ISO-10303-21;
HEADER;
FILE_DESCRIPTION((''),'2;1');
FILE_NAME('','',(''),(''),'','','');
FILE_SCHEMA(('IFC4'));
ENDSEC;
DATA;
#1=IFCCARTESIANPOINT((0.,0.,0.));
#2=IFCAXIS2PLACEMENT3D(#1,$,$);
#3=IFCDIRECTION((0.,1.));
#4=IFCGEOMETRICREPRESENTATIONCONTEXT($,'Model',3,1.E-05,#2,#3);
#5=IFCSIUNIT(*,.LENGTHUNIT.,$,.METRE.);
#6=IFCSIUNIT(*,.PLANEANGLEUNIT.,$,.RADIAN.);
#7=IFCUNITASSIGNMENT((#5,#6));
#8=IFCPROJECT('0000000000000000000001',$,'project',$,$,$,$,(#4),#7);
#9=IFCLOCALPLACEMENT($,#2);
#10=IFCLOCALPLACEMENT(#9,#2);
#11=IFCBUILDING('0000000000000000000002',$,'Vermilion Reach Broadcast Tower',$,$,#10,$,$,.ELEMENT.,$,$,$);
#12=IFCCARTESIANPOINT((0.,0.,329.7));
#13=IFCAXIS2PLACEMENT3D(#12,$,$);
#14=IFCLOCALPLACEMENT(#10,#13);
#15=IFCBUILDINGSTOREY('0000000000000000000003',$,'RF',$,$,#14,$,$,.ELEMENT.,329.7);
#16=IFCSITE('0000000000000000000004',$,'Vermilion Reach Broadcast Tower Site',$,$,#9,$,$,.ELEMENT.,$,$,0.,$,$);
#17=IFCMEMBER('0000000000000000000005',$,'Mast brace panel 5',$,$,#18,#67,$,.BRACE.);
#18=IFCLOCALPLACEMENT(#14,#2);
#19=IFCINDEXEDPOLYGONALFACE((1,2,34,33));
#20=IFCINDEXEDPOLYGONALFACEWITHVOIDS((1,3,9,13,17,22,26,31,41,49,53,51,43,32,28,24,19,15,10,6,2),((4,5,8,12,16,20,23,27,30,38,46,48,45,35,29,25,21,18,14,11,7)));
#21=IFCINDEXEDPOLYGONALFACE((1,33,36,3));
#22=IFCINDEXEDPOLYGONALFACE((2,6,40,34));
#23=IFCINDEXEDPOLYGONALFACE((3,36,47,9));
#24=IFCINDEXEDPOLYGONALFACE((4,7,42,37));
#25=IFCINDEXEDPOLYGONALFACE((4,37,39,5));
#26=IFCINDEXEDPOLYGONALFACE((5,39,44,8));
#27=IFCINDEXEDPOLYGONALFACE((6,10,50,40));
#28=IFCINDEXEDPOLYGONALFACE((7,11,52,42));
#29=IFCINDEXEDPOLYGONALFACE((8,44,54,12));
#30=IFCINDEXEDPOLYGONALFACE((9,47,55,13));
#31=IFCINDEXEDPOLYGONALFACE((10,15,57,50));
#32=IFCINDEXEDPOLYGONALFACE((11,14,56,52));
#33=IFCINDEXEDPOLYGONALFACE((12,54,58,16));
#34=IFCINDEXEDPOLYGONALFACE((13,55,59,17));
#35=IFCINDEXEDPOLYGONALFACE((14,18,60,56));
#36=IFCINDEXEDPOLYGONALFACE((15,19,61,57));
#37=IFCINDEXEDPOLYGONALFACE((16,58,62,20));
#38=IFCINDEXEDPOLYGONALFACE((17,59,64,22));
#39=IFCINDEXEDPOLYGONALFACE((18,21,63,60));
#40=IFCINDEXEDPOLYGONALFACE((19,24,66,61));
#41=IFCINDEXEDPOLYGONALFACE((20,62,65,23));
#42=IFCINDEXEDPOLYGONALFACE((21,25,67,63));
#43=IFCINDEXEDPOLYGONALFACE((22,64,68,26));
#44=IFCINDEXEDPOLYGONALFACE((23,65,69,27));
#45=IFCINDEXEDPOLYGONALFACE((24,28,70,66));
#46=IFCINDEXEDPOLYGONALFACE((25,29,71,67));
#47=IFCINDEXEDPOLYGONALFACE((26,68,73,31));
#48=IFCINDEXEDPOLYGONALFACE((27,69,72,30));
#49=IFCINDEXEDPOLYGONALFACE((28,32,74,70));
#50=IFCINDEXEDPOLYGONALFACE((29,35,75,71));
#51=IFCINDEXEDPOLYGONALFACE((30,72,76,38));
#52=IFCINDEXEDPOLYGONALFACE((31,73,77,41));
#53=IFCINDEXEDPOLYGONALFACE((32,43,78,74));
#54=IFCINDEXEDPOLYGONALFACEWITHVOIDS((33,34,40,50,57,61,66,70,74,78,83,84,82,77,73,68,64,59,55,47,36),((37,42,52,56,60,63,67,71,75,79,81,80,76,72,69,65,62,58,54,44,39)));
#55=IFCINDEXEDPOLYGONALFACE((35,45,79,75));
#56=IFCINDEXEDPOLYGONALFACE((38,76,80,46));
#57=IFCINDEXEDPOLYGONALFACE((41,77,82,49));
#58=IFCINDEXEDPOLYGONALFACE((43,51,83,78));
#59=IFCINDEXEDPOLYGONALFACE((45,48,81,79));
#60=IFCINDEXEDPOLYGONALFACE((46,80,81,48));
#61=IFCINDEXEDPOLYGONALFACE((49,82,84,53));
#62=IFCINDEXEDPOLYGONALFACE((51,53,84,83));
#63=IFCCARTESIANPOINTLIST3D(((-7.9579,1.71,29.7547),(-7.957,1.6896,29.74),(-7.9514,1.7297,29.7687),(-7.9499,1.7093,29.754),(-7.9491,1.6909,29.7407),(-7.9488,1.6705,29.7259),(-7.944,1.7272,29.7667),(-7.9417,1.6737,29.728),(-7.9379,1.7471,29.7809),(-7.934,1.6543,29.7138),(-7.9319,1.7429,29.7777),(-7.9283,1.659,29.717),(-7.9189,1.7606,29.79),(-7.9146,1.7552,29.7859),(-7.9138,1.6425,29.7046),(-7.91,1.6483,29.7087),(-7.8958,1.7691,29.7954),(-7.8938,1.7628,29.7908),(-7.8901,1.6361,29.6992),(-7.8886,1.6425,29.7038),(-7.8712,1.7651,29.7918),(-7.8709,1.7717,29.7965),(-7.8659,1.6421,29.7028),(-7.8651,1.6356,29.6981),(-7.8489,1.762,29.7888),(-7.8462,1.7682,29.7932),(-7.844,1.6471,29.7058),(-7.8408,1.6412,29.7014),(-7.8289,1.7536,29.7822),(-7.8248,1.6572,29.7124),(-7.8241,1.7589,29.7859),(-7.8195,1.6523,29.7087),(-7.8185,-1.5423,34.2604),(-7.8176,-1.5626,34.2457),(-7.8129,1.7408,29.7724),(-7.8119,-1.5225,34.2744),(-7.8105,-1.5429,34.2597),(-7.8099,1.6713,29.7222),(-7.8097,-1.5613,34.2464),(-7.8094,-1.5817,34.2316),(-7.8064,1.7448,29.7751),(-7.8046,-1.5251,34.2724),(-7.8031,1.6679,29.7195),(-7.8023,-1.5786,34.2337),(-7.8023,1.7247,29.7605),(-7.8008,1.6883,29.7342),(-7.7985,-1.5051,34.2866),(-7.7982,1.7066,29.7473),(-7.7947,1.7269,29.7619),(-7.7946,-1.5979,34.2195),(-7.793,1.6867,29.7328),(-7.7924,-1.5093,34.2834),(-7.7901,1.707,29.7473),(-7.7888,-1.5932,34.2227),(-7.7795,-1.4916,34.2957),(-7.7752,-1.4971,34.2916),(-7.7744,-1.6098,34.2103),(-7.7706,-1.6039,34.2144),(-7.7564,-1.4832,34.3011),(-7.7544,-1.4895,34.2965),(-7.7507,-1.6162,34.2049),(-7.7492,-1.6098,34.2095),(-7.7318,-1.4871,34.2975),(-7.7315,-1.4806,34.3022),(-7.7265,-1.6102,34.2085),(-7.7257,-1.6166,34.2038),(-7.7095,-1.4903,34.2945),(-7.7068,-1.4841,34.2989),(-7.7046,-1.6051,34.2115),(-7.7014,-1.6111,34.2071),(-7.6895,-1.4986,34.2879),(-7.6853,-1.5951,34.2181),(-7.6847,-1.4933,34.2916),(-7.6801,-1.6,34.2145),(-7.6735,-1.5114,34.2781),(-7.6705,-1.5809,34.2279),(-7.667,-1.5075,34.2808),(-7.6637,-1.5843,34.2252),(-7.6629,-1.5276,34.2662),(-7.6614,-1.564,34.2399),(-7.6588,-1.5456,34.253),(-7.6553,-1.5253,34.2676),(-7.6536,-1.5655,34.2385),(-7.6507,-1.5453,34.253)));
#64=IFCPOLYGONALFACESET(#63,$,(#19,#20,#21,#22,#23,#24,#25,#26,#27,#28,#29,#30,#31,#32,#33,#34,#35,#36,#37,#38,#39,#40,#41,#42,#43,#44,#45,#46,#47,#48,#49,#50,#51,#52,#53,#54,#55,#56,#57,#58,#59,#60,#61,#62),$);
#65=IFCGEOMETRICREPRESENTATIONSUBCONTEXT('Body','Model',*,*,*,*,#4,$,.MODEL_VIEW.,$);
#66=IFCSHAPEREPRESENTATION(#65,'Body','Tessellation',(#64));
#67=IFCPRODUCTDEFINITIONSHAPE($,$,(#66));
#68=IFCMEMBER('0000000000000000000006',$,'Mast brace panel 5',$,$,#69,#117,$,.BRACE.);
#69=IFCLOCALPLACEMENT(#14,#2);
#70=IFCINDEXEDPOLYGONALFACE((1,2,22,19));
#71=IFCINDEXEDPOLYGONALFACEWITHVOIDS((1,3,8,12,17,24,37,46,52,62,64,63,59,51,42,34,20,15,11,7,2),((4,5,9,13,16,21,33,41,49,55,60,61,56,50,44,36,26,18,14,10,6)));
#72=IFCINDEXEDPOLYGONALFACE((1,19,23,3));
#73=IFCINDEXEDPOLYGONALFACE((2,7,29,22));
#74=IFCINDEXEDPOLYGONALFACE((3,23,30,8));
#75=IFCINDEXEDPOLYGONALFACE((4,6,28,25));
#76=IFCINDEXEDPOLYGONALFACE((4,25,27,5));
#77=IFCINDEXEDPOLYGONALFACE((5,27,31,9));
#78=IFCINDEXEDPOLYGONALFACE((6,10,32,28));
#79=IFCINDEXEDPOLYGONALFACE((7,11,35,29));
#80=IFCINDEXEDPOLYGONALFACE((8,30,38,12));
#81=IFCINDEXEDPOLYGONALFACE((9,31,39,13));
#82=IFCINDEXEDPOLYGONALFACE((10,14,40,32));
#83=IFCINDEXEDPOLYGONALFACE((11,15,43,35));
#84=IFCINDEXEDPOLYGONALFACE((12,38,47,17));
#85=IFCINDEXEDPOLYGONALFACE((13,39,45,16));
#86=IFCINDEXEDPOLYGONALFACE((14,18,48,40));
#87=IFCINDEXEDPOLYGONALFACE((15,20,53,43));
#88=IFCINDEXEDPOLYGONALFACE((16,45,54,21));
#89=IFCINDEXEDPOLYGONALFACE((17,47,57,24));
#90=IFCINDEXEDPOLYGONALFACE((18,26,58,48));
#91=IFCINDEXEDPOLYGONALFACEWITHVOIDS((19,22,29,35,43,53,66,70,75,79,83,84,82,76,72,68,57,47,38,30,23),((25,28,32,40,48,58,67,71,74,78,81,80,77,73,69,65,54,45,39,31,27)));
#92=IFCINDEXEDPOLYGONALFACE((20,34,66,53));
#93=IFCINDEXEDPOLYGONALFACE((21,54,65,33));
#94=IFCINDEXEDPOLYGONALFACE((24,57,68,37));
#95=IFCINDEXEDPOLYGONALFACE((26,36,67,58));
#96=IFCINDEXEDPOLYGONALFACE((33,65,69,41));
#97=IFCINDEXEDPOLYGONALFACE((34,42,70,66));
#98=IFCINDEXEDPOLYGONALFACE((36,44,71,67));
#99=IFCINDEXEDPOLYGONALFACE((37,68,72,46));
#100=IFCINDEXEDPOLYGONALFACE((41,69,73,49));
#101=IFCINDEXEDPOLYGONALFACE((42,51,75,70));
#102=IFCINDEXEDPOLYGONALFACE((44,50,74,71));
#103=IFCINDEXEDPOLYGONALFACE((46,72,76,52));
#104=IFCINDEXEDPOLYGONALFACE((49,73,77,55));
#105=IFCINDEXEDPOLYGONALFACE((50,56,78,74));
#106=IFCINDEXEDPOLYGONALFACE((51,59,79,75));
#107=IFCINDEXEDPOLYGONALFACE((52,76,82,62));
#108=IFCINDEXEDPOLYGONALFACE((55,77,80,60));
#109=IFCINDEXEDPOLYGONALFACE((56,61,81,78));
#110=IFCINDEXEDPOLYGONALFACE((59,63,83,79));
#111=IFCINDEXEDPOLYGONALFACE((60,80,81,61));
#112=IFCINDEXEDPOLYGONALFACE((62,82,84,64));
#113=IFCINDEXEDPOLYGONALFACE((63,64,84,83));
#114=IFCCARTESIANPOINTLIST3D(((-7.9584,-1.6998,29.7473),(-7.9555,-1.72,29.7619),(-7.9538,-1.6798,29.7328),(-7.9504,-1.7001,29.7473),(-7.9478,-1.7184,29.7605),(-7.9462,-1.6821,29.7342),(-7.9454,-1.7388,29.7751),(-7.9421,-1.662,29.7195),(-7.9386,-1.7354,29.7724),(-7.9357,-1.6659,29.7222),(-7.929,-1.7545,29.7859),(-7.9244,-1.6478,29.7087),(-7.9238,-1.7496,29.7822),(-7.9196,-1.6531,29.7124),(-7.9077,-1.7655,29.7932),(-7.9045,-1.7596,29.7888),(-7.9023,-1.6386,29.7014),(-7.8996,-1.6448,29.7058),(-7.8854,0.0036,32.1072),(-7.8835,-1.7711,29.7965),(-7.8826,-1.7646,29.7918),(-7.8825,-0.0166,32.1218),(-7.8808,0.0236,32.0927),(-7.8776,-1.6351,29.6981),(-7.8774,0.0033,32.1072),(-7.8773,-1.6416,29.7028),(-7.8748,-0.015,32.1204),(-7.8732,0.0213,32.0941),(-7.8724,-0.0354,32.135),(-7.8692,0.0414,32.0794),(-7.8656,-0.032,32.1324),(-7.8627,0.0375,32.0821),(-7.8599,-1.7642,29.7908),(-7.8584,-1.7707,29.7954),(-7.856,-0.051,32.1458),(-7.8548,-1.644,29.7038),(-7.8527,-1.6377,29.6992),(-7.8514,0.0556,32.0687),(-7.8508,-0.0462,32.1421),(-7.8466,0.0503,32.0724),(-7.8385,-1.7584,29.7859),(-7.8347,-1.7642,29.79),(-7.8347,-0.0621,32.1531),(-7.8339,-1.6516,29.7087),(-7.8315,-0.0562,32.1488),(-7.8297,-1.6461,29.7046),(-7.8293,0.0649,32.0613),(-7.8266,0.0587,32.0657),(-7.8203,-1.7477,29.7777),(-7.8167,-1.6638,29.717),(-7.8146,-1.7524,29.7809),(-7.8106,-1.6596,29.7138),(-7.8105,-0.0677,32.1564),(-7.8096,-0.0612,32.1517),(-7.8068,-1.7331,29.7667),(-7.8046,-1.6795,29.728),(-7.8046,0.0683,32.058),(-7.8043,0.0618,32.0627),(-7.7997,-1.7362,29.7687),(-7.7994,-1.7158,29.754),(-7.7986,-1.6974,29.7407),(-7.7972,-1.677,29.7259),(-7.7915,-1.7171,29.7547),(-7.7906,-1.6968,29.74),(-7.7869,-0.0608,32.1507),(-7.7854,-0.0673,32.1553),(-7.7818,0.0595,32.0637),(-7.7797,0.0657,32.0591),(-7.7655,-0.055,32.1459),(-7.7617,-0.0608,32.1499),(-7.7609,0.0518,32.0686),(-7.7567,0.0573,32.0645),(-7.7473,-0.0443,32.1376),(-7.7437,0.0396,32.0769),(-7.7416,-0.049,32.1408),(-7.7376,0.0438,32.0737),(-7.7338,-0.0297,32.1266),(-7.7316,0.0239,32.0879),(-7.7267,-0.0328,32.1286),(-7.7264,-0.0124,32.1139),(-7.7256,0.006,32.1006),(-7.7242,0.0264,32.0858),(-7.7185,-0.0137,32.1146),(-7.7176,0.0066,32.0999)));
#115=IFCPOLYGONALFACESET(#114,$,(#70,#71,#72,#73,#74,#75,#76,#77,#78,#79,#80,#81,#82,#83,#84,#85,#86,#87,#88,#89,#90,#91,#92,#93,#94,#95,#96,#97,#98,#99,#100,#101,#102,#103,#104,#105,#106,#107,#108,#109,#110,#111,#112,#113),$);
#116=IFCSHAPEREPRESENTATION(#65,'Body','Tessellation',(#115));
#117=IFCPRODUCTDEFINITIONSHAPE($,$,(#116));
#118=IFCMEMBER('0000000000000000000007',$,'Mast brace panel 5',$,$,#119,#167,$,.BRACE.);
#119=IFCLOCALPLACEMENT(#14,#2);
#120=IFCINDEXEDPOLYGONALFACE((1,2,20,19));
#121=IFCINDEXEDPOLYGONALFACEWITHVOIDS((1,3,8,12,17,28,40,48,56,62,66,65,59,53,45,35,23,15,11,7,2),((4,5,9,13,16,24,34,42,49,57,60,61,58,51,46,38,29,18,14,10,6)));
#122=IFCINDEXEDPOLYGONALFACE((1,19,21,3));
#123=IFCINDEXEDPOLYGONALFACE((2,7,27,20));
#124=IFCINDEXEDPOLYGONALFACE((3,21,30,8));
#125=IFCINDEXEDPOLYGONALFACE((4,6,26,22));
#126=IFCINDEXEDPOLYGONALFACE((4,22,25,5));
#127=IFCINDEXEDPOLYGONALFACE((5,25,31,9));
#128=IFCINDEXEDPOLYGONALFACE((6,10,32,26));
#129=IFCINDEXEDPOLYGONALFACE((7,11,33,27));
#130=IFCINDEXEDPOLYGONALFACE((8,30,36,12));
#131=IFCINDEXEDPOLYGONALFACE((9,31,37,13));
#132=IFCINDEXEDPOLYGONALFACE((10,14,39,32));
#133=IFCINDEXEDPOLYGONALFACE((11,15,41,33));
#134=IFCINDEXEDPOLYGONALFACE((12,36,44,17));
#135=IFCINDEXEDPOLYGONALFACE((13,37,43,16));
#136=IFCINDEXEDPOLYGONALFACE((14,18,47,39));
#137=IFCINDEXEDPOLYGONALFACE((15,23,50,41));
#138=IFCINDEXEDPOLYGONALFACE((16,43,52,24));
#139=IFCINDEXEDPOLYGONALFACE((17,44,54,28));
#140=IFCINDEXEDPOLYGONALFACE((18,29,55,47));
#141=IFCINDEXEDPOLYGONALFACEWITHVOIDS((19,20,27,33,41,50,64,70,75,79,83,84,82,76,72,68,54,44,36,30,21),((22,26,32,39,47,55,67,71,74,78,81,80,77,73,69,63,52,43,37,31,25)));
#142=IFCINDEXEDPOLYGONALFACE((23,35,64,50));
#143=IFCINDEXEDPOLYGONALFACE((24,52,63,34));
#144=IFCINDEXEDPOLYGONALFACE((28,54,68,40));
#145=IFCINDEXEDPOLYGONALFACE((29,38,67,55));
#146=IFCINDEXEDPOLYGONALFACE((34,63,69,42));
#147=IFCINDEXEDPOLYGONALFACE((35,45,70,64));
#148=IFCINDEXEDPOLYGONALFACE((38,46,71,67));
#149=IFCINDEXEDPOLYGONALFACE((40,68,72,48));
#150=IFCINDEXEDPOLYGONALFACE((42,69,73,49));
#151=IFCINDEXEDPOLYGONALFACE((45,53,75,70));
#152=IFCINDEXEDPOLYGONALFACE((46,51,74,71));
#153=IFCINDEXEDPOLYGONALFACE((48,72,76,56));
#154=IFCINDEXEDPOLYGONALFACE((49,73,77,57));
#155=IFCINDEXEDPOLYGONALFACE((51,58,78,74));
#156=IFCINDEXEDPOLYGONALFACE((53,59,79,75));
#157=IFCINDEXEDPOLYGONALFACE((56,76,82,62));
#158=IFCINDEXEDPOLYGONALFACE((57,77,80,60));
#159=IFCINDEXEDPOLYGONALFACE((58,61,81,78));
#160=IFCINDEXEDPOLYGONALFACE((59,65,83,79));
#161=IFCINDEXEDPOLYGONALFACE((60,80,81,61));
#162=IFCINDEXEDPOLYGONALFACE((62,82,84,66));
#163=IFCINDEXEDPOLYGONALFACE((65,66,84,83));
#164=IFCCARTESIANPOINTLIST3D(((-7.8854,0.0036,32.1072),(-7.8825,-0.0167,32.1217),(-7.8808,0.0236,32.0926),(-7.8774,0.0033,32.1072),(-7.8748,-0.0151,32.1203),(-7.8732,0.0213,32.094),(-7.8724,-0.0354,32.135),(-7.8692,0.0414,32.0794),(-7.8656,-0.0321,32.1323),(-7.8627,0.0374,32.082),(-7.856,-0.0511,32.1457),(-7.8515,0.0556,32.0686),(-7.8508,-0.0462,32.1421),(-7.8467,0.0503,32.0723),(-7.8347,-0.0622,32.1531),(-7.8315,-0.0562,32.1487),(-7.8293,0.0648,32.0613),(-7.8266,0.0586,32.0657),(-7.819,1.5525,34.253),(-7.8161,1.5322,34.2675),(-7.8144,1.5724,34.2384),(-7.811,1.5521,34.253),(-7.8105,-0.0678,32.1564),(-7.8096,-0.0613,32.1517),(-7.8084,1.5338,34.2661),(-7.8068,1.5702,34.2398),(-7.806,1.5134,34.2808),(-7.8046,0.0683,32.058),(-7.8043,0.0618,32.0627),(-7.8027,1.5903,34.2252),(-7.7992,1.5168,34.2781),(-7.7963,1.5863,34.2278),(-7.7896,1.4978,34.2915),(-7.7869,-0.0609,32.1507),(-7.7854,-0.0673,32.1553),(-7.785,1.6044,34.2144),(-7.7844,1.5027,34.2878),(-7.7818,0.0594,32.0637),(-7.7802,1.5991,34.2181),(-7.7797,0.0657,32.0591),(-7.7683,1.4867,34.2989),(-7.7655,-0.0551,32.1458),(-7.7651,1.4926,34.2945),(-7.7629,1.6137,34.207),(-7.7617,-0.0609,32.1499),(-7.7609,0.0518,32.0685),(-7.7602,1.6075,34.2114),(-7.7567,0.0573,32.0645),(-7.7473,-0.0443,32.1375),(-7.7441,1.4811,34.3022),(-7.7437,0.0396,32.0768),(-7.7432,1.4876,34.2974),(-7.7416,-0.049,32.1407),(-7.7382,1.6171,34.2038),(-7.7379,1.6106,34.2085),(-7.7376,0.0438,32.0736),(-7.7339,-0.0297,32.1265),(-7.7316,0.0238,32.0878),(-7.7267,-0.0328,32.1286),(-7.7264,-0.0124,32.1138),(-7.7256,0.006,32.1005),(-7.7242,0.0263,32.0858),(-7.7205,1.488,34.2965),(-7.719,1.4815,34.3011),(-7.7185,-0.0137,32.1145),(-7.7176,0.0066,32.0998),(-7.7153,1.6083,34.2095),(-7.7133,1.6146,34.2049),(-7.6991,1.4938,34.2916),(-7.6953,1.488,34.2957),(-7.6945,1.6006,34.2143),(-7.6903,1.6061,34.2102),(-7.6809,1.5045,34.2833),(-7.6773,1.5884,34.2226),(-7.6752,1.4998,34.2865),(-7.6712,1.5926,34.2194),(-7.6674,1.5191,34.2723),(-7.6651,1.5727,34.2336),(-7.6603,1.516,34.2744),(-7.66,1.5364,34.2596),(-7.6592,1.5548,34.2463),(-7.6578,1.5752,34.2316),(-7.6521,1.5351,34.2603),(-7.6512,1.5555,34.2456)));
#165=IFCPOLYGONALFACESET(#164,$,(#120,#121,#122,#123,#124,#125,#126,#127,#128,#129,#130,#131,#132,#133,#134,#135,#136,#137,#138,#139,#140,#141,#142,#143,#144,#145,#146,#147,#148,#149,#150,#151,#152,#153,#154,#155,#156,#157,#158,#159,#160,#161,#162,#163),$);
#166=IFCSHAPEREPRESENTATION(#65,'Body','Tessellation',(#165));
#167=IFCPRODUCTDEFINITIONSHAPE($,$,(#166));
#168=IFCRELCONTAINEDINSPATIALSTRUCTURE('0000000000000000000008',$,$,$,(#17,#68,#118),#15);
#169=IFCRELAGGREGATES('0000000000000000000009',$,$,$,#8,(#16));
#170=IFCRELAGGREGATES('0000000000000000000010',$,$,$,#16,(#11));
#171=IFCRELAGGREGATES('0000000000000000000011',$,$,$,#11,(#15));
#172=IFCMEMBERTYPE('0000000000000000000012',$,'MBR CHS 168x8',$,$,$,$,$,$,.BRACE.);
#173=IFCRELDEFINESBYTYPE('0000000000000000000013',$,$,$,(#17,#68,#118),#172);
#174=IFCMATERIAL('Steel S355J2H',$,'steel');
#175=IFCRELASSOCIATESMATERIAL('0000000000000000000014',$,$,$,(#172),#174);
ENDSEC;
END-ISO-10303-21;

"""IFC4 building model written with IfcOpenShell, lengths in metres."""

from ifc_helpers import new_model, si_unit, direction, frame, origin, origin_2d, place, context, subcontext, project, spatial, hollow_circle, extrude, material, material_profile, profile_set, type_object, element, save


model = new_model("IFC4")

# Units and contexts
model_context = context("Model", 3, precision=1e-05, world=origin(), true_north=direction((0.0, 1.0)))
body_context = subcontext(model_context, "Body", "Model", "MODEL_VIEW")
ifc_project = project(units=[si_unit("LENGTHUNIT", "METRE"), si_unit("PLANEANGLEUNIT", "RADIAN")], contexts=[model_context])

# Site, building, storey
site_placement = place(None, origin())
site = spatial("IfcSite", under=ifc_project, at=site_placement, Name="Vermilion Reach Broadcast Tower Site", CompositionType="ELEMENT", RefElevation=0.0)
building_placement = place(site_placement, origin())
building = spatial("IfcBuilding", under=site, at=building_placement, Name="Vermilion Reach Broadcast Tower", CompositionType="ELEMENT")
storey_placement = place(building_placement, frame((0.0, 0.0, 329.7)))
storey = spatial("IfcBuildingStorey", under=building, at=storey_placement, Name="RF", CompositionType="ELEMENT", Elevation=329.7)

# Members
ifc_material_1 = material(Name="Steel S355J2H", Category="steel")
ifc_material_profile_1 = material_profile(ifc_material_1, hollow_circle(Radius=0.0842, WallThickness=0.0081, at=origin_2d()), Name="S355J2H CHS 168x8")
ifc_profile_set_1 = profile_set([ifc_material_profile_1], Name="Steel S355J2H")
member_type_1 = type_object("IfcMemberType", Name="MBR CHS 168x8", PredefinedType="BRACE", material=ifc_profile_set_1)
member_1_placement = place(storey_placement, frame((-7.8743, 1.7034, 29.7473), z_axis=(0.02508, -0.585087, 0.810583), x_axis=(0.999083, 0.042825, 0.0)))
element("IfcMember", 1, at=member_1_placement, inside=storey, type_object=member_type_1, Name="Mast brace panel 5", PredefinedType="BRACE", context=body_context, shape_type="SweptSolid", body=[
    extrude(hollow_circle(Radius=0.0842, WallThickness=0.0081, at=origin_2d()), origin(), (0.0, 0.0, 1.0), 5.5586),
])
member_2_placement = place(storey_placement, frame((-7.8743, -1.7034, 29.7473), z_axis=(0.025074, 0.585086, 0.810584), x_axis=(-0.999083, 0.042816, 0.0)))
element("IfcMember", 2, at=member_2_placement, inside=storey, type_object=member_type_1, Name="Mast brace panel 5", PredefinedType="BRACE", context=body_context, shape_type="SweptSolid", body=[
    extrude(hollow_circle(Radius=0.0842, WallThickness=0.0081, at=origin_2d()), origin(), (0.0, 0.0, 1.0), 2.9114),
])
member_3_placement = place(storey_placement, frame((-7.8013, 0.0, 32.1072), z_axis=(0.025086, 0.585087, 0.810582), x_axis=(-0.999082, 0.042836, 0.0)))
element("IfcMember", 3, at=member_3_placement, inside=storey, type_object=member_type_1, Name="Mast brace panel 5", PredefinedType="BRACE", context=body_context, shape_type="SweptSolid", body=[
    extrude(hollow_circle(Radius=0.0842, WallThickness=0.0081, at=origin_2d()), origin(), (0.0, 0.0, 1.0), 2.6472),
])

save(model, "model.ifc")
